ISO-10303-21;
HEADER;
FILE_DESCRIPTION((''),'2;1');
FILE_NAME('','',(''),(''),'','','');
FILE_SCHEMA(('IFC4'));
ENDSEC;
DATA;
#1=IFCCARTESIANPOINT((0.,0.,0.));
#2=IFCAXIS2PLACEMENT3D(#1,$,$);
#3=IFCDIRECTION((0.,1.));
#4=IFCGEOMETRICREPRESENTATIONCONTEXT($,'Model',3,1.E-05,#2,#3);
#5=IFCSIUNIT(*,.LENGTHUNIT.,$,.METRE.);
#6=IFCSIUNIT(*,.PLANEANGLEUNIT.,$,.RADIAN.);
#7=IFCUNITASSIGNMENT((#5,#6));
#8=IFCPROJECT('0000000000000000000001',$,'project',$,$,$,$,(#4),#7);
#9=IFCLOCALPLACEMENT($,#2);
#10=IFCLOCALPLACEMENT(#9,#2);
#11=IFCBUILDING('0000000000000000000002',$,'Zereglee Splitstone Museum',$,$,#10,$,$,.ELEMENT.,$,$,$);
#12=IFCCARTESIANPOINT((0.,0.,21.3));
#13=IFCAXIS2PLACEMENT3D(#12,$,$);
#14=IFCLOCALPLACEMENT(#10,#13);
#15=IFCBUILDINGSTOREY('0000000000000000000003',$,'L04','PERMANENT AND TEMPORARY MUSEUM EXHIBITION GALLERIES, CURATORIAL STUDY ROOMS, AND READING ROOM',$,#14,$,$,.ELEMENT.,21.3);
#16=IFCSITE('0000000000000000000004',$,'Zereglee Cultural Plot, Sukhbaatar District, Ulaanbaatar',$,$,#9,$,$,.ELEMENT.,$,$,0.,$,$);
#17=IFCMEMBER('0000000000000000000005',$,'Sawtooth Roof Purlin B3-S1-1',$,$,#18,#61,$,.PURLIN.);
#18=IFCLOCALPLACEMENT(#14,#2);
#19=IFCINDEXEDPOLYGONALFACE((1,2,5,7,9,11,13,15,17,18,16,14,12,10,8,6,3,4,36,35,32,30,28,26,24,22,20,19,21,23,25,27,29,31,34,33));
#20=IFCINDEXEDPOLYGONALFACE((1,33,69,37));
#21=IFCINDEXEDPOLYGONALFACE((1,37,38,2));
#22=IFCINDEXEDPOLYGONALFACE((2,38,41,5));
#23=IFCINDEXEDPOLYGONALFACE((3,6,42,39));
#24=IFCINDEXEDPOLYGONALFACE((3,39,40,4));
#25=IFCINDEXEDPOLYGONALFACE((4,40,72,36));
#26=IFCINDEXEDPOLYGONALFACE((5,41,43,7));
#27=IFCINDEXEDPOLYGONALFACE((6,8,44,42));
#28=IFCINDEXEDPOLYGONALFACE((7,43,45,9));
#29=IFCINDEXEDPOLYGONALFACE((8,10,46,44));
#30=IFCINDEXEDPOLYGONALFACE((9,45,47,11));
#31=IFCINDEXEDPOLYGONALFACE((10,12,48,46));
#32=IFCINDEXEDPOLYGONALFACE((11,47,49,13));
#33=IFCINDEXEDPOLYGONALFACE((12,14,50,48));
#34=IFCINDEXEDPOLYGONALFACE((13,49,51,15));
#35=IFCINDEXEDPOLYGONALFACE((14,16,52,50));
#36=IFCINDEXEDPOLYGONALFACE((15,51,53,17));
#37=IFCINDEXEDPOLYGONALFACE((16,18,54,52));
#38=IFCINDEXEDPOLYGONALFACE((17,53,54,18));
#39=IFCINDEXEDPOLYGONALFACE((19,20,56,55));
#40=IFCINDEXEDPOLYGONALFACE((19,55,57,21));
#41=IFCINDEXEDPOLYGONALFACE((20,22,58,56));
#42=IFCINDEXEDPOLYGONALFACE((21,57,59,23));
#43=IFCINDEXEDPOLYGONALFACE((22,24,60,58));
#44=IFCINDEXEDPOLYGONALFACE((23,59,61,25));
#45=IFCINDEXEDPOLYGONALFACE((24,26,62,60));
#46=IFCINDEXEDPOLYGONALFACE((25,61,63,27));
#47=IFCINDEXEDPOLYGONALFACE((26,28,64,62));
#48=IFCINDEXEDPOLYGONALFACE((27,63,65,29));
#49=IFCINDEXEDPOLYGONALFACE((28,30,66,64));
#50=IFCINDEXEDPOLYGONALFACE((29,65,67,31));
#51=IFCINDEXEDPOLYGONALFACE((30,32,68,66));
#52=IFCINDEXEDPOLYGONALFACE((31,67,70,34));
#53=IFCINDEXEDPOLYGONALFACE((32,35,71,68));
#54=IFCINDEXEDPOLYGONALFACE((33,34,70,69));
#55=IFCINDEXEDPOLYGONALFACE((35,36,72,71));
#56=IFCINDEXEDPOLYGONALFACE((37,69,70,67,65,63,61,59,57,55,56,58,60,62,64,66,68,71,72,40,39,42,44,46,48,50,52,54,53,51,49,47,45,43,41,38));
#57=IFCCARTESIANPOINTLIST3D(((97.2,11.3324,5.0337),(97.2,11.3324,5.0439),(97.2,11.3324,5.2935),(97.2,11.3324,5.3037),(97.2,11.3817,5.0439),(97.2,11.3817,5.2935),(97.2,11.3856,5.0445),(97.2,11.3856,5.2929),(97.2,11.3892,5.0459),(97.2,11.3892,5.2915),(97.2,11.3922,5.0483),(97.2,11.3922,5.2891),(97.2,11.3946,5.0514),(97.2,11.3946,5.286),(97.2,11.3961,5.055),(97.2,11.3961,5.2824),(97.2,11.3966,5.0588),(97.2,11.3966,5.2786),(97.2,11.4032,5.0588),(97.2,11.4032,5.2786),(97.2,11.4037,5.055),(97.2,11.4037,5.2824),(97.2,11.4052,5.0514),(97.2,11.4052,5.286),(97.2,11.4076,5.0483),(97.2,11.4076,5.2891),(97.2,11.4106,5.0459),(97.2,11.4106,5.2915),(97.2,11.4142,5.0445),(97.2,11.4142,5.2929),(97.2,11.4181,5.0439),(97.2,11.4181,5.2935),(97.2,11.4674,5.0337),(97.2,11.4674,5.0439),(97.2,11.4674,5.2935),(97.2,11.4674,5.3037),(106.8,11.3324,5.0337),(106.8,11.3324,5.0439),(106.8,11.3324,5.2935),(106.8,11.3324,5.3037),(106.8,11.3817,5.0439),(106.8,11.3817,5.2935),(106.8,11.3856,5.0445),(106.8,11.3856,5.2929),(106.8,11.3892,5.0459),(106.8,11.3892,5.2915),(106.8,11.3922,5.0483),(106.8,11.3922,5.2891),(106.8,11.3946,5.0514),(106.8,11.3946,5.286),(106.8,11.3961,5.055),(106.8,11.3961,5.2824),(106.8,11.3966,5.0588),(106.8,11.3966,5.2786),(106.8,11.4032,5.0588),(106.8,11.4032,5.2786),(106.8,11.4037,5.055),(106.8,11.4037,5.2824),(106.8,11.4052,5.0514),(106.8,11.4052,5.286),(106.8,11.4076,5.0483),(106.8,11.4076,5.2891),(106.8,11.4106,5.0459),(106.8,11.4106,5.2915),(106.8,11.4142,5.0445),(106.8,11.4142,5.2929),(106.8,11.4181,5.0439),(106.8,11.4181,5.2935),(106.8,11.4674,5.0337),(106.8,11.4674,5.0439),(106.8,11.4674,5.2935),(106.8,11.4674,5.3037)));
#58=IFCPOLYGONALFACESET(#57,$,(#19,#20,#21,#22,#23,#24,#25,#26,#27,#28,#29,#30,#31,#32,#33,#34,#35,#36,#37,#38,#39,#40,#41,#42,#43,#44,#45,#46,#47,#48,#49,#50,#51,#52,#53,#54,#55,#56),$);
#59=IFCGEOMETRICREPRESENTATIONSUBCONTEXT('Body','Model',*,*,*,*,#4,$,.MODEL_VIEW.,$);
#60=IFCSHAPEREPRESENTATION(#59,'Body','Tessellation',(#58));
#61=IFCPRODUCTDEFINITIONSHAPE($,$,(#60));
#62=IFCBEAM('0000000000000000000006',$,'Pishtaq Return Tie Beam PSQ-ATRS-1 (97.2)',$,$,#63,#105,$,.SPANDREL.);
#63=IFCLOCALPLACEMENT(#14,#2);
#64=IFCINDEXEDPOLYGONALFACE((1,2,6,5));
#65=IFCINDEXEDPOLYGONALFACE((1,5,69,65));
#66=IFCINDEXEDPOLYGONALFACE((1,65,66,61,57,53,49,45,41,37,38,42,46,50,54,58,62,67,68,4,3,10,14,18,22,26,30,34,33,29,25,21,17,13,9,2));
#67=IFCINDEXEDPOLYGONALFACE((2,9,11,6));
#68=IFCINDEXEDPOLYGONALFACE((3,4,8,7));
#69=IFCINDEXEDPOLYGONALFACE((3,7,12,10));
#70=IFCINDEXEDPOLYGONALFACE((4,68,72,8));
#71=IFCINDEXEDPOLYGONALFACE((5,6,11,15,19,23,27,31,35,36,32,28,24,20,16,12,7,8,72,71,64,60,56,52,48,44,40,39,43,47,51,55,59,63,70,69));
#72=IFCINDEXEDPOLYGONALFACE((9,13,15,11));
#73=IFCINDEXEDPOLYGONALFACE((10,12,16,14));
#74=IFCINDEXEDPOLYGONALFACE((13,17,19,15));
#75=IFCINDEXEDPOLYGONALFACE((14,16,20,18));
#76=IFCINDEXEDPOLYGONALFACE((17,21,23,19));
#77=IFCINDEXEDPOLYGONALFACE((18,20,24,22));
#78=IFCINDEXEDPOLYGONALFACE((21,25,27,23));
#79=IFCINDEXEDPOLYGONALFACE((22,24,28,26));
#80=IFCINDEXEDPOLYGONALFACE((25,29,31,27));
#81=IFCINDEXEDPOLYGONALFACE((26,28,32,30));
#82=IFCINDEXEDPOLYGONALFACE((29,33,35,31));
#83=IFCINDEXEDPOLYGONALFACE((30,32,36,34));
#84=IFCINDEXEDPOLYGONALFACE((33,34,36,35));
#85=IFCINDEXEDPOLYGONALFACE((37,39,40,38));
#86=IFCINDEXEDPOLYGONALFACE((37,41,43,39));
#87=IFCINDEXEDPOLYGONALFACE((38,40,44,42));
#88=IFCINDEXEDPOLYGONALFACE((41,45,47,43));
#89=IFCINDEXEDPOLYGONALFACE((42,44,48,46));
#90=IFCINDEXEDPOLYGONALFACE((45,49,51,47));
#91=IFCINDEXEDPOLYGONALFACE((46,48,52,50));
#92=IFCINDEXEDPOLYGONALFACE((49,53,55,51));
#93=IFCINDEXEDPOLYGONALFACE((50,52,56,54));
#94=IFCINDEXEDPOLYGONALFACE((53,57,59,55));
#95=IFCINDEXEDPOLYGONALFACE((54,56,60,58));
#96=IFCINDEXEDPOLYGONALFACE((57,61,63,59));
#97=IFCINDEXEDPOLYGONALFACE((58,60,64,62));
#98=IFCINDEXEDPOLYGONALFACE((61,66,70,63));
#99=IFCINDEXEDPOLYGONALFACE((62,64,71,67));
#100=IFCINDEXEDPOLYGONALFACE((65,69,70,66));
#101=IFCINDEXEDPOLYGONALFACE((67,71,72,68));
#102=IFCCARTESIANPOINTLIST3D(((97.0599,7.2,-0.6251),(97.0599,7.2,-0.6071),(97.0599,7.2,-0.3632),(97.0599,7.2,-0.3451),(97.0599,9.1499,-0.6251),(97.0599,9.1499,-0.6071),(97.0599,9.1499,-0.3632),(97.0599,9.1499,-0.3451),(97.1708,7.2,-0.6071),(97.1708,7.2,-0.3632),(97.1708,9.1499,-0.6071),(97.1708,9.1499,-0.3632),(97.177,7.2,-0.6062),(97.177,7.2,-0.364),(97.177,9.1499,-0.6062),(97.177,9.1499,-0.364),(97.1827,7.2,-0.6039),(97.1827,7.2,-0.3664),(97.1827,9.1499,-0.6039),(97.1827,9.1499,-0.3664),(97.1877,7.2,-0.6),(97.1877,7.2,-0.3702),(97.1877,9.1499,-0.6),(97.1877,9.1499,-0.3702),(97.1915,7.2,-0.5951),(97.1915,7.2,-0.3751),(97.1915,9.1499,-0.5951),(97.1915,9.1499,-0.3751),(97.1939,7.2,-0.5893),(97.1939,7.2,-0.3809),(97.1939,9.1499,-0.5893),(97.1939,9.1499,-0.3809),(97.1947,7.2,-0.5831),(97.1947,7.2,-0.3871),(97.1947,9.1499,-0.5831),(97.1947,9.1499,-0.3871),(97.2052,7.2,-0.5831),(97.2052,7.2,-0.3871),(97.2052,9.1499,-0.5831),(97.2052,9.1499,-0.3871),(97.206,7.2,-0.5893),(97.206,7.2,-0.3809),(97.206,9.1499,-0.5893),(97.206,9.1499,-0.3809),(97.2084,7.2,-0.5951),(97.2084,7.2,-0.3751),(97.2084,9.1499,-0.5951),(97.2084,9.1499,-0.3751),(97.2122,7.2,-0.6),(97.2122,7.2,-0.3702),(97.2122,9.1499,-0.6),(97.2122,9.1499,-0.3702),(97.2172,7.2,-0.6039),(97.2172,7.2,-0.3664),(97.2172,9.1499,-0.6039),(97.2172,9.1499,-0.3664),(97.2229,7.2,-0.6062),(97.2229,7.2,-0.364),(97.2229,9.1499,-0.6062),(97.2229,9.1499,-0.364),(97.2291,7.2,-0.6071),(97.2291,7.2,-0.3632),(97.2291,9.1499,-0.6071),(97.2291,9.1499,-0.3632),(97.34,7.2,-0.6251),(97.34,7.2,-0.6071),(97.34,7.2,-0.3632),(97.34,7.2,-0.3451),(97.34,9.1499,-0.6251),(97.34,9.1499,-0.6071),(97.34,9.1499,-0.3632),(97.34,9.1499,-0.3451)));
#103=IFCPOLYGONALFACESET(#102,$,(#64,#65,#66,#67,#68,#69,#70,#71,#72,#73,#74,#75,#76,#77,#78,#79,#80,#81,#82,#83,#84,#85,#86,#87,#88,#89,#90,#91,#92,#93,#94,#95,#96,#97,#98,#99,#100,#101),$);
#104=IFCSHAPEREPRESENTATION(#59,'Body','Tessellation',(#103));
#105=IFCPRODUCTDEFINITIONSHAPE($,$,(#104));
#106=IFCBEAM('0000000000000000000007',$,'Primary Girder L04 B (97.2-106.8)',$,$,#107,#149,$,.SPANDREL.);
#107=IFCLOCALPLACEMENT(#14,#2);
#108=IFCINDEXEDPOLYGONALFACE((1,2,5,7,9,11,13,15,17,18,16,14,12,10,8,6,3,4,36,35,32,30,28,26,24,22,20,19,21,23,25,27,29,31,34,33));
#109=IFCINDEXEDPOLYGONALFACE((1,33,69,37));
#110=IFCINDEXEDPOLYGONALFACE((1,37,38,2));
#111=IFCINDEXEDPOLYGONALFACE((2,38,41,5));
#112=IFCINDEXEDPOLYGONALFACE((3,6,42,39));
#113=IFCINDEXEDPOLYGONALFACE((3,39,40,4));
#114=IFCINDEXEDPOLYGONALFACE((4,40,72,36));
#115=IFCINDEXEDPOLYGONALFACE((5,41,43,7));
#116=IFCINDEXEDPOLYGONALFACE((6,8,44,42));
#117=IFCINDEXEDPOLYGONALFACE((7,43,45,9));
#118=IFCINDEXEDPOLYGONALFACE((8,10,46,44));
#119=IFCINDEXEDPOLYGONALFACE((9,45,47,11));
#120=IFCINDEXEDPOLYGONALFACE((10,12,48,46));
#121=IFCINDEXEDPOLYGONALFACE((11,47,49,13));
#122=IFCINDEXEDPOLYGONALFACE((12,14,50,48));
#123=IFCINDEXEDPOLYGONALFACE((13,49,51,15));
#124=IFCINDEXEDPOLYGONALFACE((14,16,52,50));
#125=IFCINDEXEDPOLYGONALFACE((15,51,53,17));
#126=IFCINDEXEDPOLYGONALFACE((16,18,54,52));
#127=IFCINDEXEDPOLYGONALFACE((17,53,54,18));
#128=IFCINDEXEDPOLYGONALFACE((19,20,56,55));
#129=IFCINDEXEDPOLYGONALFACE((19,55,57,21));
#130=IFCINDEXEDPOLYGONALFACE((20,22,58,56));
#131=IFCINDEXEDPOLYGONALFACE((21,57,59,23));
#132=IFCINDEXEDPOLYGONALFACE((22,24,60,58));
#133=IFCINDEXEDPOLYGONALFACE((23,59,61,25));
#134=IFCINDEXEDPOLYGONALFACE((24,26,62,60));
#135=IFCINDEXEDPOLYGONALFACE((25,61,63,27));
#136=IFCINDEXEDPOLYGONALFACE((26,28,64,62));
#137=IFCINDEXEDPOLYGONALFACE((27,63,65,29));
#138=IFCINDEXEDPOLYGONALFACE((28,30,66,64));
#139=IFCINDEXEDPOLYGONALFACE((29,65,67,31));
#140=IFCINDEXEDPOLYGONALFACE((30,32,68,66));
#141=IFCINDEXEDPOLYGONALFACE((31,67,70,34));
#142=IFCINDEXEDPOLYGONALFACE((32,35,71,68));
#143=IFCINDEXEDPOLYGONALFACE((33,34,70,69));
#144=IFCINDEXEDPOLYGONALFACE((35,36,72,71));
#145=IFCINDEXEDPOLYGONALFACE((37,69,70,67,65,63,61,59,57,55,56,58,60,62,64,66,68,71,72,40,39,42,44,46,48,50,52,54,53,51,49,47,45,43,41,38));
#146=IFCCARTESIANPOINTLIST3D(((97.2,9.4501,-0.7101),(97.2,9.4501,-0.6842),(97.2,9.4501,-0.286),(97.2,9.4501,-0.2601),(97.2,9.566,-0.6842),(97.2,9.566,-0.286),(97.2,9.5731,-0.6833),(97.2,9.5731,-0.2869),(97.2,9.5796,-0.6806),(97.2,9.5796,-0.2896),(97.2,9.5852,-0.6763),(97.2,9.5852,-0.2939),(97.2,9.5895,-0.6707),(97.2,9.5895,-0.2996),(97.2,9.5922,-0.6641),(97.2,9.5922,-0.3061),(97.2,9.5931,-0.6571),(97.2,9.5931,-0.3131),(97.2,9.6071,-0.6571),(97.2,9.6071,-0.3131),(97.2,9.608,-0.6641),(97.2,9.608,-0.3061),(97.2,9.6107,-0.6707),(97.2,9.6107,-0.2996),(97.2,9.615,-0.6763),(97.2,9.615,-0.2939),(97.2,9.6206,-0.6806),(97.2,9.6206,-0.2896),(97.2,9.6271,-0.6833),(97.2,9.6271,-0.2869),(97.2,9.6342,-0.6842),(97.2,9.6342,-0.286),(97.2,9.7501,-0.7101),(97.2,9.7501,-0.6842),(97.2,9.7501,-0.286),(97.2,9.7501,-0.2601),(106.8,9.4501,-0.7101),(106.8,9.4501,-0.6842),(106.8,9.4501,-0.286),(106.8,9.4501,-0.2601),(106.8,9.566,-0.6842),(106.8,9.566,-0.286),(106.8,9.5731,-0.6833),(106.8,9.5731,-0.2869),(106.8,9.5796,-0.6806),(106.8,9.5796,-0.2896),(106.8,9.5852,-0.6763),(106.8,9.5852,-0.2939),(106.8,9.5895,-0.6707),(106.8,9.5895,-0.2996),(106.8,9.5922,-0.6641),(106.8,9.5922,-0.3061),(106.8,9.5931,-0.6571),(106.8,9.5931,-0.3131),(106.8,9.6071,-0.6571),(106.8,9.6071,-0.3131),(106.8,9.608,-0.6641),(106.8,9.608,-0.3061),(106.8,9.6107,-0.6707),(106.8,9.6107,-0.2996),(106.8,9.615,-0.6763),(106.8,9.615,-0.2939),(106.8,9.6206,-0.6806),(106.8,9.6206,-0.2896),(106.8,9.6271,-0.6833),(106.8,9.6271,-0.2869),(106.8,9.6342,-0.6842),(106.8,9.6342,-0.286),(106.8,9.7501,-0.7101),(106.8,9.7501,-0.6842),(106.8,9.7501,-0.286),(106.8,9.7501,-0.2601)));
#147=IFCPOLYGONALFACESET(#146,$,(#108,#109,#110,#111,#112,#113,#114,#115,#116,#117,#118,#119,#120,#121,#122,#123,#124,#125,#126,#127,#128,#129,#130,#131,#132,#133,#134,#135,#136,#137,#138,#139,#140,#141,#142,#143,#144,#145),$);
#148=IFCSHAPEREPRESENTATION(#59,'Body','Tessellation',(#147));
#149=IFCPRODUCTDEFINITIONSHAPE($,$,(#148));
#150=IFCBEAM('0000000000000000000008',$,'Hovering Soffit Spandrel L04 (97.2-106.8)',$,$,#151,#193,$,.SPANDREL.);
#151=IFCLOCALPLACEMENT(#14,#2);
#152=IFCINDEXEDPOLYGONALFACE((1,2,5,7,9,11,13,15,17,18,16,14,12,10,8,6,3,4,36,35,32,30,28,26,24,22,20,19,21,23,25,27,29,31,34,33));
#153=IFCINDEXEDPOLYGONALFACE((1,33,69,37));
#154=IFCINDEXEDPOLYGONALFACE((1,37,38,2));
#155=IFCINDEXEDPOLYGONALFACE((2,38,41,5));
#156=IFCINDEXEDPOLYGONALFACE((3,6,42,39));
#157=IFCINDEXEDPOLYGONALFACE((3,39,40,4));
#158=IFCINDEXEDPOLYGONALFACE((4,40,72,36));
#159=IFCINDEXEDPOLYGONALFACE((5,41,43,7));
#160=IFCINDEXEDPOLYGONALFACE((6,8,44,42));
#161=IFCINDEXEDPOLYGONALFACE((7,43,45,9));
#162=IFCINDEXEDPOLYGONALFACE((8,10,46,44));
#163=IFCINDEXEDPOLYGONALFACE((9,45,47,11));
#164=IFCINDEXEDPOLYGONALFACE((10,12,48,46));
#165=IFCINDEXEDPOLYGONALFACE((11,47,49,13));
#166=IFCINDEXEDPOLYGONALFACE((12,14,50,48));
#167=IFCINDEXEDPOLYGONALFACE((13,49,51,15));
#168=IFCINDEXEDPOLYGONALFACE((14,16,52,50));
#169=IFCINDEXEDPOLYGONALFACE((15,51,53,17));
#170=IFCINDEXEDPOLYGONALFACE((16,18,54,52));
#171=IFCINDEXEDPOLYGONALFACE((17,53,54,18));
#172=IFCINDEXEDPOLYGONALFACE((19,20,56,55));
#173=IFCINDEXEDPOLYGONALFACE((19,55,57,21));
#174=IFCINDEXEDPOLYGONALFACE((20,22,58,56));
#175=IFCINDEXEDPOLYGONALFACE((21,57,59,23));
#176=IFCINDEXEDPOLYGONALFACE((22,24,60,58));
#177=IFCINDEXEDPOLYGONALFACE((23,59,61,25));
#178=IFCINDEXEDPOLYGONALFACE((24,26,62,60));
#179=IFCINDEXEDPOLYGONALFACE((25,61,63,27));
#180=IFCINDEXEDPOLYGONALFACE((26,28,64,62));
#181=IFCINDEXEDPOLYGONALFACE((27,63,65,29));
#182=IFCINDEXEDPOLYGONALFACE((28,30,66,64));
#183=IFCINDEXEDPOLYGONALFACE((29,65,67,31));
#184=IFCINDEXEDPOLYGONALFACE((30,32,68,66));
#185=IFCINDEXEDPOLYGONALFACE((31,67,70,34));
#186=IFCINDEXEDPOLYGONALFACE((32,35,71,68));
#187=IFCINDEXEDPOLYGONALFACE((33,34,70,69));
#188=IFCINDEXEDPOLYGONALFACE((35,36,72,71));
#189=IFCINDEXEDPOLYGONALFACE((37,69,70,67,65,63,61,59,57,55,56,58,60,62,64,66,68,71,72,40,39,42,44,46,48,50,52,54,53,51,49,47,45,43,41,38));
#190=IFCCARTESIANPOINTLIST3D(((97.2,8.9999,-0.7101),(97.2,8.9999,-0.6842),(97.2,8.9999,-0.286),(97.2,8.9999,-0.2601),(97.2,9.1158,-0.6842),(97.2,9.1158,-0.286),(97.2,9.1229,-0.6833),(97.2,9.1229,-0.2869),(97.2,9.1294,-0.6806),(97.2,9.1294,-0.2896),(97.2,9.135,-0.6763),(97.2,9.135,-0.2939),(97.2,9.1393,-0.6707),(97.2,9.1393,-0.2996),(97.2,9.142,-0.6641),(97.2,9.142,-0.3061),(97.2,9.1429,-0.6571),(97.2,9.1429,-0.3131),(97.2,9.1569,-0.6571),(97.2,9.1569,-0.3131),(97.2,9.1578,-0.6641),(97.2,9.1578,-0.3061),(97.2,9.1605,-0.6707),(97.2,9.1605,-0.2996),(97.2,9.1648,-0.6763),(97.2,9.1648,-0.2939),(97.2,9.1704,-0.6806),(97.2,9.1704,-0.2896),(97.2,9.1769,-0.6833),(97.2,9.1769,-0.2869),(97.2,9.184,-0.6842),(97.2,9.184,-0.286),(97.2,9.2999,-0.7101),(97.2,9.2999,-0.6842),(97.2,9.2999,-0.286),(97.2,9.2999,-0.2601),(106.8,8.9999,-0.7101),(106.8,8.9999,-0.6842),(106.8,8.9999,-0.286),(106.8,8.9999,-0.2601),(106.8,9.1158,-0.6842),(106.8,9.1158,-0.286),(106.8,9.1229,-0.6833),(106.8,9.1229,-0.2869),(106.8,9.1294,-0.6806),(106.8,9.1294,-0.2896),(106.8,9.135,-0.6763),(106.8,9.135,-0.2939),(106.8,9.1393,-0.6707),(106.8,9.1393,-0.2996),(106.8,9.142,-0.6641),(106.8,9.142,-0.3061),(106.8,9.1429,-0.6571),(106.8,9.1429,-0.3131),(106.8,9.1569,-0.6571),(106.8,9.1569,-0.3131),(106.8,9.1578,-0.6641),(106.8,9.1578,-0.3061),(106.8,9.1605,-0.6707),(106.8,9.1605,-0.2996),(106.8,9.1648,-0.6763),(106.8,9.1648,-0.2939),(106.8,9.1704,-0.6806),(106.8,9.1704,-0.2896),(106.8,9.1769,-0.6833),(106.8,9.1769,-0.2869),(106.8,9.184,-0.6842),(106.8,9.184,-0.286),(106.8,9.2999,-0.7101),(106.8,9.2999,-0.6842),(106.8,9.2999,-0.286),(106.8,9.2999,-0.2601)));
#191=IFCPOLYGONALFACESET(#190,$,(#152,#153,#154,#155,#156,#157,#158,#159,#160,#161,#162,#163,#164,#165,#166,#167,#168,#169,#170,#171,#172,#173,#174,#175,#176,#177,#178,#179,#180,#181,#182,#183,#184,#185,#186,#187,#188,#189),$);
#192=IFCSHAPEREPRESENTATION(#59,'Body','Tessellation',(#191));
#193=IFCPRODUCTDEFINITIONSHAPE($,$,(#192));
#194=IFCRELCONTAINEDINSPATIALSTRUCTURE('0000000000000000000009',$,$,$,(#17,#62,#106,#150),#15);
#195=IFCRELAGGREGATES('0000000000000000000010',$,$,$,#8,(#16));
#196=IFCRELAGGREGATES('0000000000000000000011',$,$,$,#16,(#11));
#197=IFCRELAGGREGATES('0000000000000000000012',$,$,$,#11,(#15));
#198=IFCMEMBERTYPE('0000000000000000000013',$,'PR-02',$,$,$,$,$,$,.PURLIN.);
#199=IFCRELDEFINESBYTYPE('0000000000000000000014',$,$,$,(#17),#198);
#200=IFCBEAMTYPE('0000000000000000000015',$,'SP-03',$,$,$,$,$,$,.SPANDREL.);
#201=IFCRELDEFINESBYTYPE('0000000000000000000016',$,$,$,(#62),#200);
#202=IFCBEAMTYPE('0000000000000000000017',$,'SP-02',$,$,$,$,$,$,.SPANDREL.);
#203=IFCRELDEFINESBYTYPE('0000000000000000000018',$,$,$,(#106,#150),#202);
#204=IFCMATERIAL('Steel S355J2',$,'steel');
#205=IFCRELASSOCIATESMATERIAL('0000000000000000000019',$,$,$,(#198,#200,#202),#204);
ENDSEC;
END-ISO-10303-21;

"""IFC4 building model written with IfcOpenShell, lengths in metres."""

from ifc_helpers import new_model, si_unit, direction, frame, origin, origin_2d, place, context, subcontext, project, spatial, i_section, extrude, material, material_profile, profile_set, type_object, element, save


model = new_model("IFC4")

# Units and contexts
model_context = context("Model", 3, precision=1e-05, world=origin(), true_north=direction((0.0, 1.0)))
body_context = subcontext(model_context, "Body", "Model", "MODEL_VIEW")
ifc_project = project(units=[si_unit("LENGTHUNIT", "METRE"), si_unit("PLANEANGLEUNIT", "RADIAN")], contexts=[model_context])

# Site, building, storey
site_placement = place(None, origin())
site = spatial("IfcSite", under=ifc_project, at=site_placement, Name="Zereglee Cultural Plot, Sukhbaatar District, Ulaanbaatar", CompositionType="ELEMENT", RefElevation=0.0)
building_placement = place(site_placement, origin())
building = spatial("IfcBuilding", under=site, at=building_placement, Name="Zereglee Splitstone Museum", CompositionType="ELEMENT")
storey_placement = place(building_placement, frame((0.0, 0.0, 21.3)))
storey = spatial("IfcBuildingStorey", under=building, at=storey_placement, Name="L04", Description="PERMANENT AND TEMPORARY MUSEUM EXHIBITION GALLERIES, CURATORIAL STUDY ROOMS, AND READING ROOM", CompositionType="ELEMENT", Elevation=21.3)

# Shared definitions
ifc_material_1 = material(Name="Steel S355J2", Category="steel")

# Member
ifc_material_profile_1 = material_profile(ifc_material_1, i_section(OverallWidth=0.135, OverallDepth=0.27, WebThickness=0.0066, FlangeThickness=0.0103, FilletRadius=0.0149, at=origin_2d()), Name="IPE 270")
ifc_profile_set_1 = profile_set([ifc_material_profile_1], Name="Steel S355J2")
member_type_1 = type_object("IfcMemberType", Name="PR-02", PredefinedType="PURLIN", material=ifc_profile_set_1)
member_1_placement = place(storey_placement, frame((97.2, 11.3999, 5.1687), z_axis=(1.0, 0.0, 0.0), x_axis=(0.0, 1.0, 0.0)))
element("IfcMember", 1, at=member_1_placement, inside=storey, type_object=member_type_1, Name="Sawtooth Roof Purlin B3-S1-1", PredefinedType="PURLIN", context=body_context, shape_type="SweptSolid", body=[
    extrude(i_section(OverallWidth=0.135, OverallDepth=0.27, WebThickness=0.0066, FlangeThickness=0.0103, FilletRadius=0.0149, at=origin_2d()), origin(), (0.0, 0.0, 1.0), 9.6001),
])

# Beams
ifc_material_profile_2 = material_profile(ifc_material_1, i_section(OverallWidth=0.28, OverallDepth=0.28, WebThickness=0.0105, FlangeThickness=0.0181, FilletRadius=0.0239, at=origin_2d()), Name="HE 280 B")
ifc_profile_set_2 = profile_set([ifc_material_profile_2], Name="Steel S355J2")
beam_type_1 = type_object("IfcBeamType", Name="SP-03", PredefinedType="SPANDREL", material=ifc_profile_set_2)
beam_1_placement = place(storey_placement, frame((97.2, 7.2, -0.4851), z_axis=(0.0, 1.0, 0.0), x_axis=(-1.0, 0.0, 0.0)))
element("IfcBeam", 2, at=beam_1_placement, inside=storey, type_object=beam_type_1, Name="Pishtaq Return Tie Beam PSQ-ATRS-1 (97.2)", PredefinedType="SPANDREL", context=body_context, shape_type="SweptSolid", body=[
    extrude(i_section(OverallWidth=0.28, OverallDepth=0.28, WebThickness=0.0105, FlangeThickness=0.0181, FilletRadius=0.0239, at=origin_2d()), origin(), (0.0, 0.0, 1.0), 1.95),
])
ifc_material_profile_3 = material_profile(ifc_material_1, i_section(OverallWidth=0.3, OverallDepth=0.45, WebThickness=0.0139, FlangeThickness=0.0259, FilletRadius=0.0271, at=origin_2d()), Name="HE 450 B")
ifc_profile_set_3 = profile_set([ifc_material_profile_3], Name="Steel S355J2")
beam_type_2 = type_object("IfcBeamType", Name="SP-02", PredefinedType="SPANDREL", material=ifc_profile_set_3)
for number, where, z_axis, x_axis, name in (
    (3, (97.2, 9.6001, -0.4851), (1.0, 0.0, 0.0), (0.0, 1.0, 0.0), "Primary Girder L04 B (97.2-106.8)"),
    (4, (97.2, 9.1499, -0.4851), (1.0, 0.0, 0.0), (0.0, 1.0, 0.0), "Hovering Soffit Spandrel L04 (97.2-106.8)"),
):
    element("IfcBeam", number, at=place(storey_placement, frame(where, z_axis=z_axis, x_axis=x_axis)), inside=storey, type_object=beam_type_2, Name=name, PredefinedType="SPANDREL", context=body_context, shape_type="SweptSolid", body=[
        extrude(i_section(OverallWidth=0.3, OverallDepth=0.45, WebThickness=0.0139, FlangeThickness=0.0259, FilletRadius=0.0271, at=origin_2d()), origin(), (0.0, 0.0, 1.0), 9.6001),
    ])

save(model, "model.ifc")
